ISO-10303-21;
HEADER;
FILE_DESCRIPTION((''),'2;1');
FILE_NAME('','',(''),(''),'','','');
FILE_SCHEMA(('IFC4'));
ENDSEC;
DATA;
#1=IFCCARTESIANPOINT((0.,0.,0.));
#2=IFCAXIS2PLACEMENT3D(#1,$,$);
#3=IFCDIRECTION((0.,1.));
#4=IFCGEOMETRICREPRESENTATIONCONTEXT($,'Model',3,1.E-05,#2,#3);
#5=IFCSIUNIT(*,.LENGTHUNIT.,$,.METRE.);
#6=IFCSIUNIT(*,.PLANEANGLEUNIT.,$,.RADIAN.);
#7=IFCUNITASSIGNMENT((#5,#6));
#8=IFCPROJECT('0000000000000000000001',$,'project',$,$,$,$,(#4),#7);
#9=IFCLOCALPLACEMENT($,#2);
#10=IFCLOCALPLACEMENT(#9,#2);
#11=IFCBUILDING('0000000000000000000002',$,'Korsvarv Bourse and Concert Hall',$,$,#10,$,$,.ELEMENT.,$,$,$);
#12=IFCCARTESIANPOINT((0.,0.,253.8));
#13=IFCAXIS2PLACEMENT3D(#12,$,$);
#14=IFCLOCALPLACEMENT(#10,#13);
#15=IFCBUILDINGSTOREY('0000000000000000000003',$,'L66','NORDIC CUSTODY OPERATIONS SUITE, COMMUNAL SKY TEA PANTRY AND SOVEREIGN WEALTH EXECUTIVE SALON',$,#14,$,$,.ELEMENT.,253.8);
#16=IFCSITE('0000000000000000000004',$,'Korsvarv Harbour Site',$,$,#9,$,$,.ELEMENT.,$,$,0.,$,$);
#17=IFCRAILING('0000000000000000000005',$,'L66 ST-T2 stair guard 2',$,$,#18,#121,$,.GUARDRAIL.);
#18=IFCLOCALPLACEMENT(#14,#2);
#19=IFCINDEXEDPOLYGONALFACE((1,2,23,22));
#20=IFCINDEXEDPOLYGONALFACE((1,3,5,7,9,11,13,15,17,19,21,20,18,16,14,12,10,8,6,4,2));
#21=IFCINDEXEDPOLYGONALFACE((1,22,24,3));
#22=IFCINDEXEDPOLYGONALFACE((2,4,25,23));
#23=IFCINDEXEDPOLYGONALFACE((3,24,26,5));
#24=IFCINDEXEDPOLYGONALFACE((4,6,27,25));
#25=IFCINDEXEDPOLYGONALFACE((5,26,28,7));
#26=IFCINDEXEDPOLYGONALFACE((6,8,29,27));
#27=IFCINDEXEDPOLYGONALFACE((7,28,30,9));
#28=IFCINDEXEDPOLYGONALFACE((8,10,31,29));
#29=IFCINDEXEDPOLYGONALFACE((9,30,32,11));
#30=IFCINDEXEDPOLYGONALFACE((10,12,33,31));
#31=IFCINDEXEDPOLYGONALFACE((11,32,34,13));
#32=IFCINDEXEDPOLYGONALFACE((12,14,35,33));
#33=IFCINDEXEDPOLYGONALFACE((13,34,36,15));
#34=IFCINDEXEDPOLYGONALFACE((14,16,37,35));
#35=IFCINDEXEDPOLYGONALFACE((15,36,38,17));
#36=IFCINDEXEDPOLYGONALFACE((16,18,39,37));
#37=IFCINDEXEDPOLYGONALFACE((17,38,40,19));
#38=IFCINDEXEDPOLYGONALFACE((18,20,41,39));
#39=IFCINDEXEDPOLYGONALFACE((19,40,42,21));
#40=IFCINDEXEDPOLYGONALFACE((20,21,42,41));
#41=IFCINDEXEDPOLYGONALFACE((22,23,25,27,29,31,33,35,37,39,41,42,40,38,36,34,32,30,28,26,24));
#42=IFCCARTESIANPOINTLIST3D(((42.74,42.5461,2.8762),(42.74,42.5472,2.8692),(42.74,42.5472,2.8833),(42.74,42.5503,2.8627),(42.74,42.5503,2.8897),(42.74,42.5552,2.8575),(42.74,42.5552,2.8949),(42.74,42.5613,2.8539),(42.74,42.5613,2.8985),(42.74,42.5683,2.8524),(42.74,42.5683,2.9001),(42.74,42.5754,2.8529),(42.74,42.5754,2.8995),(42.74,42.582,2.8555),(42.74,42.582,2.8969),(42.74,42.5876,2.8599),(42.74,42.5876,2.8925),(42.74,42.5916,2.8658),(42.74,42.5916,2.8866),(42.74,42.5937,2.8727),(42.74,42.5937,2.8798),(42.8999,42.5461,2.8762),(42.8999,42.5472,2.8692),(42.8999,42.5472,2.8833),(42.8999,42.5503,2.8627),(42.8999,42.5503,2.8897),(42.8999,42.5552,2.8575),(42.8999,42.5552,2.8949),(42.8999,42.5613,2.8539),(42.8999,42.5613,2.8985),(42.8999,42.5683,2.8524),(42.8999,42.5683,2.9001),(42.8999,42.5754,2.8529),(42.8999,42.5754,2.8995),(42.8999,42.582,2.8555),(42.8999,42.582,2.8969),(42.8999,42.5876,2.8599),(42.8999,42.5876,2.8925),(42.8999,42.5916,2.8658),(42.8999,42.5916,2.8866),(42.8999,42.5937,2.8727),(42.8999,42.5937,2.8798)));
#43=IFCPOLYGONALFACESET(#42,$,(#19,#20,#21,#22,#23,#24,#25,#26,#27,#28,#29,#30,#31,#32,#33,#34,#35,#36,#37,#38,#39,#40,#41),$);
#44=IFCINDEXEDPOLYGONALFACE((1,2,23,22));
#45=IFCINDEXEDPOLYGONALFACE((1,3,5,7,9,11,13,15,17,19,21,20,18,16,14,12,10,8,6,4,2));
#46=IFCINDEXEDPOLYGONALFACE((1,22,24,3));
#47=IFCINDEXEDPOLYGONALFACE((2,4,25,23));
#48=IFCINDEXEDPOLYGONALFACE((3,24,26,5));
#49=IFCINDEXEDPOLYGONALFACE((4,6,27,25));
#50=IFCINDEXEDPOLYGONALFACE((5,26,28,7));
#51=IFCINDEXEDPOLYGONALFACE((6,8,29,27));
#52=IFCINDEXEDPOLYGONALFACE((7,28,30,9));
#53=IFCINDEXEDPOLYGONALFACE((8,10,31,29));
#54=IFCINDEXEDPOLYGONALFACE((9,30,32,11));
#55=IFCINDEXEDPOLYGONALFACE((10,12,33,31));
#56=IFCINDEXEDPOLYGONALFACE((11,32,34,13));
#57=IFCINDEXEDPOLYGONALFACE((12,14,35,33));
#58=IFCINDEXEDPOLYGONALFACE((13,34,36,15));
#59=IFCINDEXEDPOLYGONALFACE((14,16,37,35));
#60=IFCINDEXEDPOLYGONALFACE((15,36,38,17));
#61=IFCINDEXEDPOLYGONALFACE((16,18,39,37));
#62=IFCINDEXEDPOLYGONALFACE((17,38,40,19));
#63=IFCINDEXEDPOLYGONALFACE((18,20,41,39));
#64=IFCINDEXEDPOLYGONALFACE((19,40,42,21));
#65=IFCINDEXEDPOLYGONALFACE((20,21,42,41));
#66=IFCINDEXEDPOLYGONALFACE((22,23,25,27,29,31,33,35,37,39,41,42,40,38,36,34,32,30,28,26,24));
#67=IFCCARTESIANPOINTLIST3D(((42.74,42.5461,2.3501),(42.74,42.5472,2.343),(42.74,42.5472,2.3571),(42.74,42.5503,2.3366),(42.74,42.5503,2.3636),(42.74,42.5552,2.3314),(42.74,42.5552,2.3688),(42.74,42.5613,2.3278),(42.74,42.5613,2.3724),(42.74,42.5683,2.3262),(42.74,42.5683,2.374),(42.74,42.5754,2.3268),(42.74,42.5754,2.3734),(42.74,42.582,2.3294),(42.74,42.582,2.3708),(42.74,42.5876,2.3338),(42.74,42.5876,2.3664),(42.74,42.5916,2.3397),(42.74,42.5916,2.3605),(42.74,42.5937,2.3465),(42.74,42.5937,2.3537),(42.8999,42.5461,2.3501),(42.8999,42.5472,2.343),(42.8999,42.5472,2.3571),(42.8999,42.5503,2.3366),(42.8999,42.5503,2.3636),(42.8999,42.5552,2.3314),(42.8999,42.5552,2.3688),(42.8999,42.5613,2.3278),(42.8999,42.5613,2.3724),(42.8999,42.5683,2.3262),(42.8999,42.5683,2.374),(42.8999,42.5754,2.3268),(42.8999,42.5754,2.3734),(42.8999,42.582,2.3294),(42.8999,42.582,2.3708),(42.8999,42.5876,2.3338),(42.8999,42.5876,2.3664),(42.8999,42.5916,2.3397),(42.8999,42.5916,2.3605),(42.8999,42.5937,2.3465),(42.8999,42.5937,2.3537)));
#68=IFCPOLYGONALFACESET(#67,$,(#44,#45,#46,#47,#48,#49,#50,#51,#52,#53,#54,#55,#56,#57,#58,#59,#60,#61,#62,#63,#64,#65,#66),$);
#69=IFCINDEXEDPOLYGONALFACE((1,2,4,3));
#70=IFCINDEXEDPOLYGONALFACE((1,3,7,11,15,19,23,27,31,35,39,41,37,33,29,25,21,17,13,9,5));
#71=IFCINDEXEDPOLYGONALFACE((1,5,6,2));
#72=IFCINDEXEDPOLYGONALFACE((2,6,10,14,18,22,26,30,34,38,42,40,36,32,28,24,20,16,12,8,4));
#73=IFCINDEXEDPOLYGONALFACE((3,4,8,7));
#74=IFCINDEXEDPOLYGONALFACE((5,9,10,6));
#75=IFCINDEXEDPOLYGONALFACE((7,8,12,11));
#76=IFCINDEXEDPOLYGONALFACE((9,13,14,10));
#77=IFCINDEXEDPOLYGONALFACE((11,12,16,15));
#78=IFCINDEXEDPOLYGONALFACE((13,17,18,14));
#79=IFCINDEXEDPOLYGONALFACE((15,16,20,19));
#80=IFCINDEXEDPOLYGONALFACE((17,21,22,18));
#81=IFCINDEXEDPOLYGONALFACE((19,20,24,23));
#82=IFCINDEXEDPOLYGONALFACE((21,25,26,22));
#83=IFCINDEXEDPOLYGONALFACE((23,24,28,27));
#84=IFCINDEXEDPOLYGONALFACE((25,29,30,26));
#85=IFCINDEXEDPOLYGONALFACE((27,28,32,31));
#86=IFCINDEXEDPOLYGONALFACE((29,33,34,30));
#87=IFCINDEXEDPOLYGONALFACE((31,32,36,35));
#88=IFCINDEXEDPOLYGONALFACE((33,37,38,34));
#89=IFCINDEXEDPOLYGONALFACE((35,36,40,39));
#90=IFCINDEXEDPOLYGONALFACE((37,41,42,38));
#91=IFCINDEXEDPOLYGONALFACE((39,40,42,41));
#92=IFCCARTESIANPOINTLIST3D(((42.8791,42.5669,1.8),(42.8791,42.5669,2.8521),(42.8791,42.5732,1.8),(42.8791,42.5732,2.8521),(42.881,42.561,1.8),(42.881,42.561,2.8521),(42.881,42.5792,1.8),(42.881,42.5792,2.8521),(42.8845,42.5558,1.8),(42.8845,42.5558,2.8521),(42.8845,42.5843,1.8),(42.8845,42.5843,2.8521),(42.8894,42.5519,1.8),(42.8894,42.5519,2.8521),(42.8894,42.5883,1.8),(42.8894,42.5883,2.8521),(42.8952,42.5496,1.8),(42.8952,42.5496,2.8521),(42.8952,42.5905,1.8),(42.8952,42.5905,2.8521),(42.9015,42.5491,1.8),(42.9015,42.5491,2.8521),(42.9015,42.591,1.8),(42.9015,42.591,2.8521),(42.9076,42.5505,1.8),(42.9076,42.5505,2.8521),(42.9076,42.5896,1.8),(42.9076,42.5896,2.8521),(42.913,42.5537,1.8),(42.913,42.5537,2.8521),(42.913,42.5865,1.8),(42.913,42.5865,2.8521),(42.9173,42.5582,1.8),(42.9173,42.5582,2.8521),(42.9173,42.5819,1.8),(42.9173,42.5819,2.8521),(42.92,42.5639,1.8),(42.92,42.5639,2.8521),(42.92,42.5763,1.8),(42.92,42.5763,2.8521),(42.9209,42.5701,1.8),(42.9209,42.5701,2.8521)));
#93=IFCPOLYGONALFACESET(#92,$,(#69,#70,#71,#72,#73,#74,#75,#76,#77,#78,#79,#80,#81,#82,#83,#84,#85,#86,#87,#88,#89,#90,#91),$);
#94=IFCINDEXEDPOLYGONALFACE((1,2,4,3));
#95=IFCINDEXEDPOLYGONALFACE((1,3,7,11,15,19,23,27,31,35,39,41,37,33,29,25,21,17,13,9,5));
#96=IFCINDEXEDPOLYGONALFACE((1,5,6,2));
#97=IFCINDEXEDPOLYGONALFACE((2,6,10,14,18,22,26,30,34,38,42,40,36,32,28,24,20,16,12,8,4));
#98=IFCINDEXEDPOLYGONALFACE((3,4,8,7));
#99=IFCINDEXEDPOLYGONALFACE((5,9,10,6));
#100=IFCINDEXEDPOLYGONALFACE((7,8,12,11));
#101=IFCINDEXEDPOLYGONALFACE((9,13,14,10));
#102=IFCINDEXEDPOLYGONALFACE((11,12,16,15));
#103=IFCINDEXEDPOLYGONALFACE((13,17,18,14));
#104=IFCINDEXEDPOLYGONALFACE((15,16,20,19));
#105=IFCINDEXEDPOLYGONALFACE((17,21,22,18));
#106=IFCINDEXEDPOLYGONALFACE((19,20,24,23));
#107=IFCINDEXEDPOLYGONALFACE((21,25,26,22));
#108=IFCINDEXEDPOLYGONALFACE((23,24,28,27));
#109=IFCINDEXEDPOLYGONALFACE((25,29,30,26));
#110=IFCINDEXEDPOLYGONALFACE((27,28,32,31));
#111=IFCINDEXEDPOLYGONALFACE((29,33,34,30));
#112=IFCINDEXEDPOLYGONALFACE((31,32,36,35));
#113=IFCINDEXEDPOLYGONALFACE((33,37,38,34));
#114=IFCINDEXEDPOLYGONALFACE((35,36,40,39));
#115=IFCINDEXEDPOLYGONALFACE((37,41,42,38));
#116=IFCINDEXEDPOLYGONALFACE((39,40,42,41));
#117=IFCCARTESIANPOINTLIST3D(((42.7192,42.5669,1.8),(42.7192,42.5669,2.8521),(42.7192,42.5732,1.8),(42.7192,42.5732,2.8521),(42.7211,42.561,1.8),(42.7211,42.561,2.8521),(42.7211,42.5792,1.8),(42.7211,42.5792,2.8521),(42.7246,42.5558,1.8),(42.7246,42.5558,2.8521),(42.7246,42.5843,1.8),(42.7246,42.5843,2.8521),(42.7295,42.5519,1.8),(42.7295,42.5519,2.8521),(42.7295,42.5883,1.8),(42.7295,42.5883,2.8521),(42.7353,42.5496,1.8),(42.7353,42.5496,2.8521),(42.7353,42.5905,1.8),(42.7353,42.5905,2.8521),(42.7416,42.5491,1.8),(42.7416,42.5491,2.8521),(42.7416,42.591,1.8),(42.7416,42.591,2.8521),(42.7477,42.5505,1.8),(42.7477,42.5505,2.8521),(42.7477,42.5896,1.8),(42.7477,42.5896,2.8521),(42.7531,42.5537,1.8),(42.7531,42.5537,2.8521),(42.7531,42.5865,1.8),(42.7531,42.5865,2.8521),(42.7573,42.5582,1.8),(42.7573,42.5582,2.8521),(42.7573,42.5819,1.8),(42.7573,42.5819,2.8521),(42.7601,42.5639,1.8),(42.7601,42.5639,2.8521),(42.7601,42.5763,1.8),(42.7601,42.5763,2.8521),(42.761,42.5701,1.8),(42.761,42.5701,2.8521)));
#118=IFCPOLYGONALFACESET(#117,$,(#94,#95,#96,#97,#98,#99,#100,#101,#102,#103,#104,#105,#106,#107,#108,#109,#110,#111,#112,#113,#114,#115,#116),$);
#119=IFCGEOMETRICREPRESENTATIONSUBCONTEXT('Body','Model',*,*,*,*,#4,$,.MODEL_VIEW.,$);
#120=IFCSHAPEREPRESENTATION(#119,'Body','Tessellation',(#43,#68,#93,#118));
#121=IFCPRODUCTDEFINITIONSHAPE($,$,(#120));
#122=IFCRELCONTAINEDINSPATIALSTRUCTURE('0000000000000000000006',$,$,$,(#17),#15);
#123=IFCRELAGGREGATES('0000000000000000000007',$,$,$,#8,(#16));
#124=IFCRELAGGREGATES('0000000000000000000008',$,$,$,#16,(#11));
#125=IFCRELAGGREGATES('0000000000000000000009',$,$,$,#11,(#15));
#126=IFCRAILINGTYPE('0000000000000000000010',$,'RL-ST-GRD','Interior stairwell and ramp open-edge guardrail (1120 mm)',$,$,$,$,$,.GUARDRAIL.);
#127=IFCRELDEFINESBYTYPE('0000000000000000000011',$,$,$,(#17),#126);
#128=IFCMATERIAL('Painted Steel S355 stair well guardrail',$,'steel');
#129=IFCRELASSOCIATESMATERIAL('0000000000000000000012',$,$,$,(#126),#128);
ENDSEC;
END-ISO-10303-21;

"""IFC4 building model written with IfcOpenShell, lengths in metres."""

from ifc_helpers import new_model, si_unit, direction, frame, origin, origin_2d, place, context, subcontext, project, spatial, circle, extrude, material, type_object, element, save


model = new_model("IFC4")

# Units and contexts
model_context = context("Model", 3, precision=1e-05, world=origin(), true_north=direction((0.0, 1.0)))
body_context = subcontext(model_context, "Body", "Model", "MODEL_VIEW")
ifc_project = project(units=[si_unit("LENGTHUNIT", "METRE"), si_unit("PLANEANGLEUNIT", "RADIAN")], contexts=[model_context])

# Site, building, storey
site_placement = place(None, origin())
site = spatial("IfcSite", under=ifc_project, at=site_placement, Name="Korsvarv Harbour Site", CompositionType="ELEMENT", RefElevation=0.0)
building_placement = place(site_placement, origin())
building = spatial("IfcBuilding", under=site, at=building_placement, Name="Korsvarv Bourse and Concert Hall", CompositionType="ELEMENT")
storey_placement = place(building_placement, frame((0.0, 0.0, 253.8)))
storey = spatial("IfcBuildingStorey", under=building, at=storey_placement, Name="L66", Description="NORDIC CUSTODY OPERATIONS SUITE, COMMUNAL SKY TEA PANTRY AND SOVEREIGN WEALTH EXECUTIVE SALON", CompositionType="ELEMENT", Elevation=253.8)

# Railing
ifc_material_1 = material(Name="Painted Steel S355 stair well guardrail", Category="steel")
railing_type_1 = type_object("IfcRailingType", Name="RL-ST-GRD", Description="Interior stairwell and ramp open-edge guardrail (1120 mm)", PredefinedType="GUARDRAIL", material=ifc_material_1)
railing_1_placement = place(storey_placement, frame((42.8999, 42.5701, 1.8)))
element("IfcRailing", 1, at=railing_1_placement, inside=storey, type_object=railing_type_1, Name="L66 ST-T2 stair guard 2", PredefinedType="GUARDRAIL", context=body_context, shape_type="SweptSolid", body=[
    extrude(circle(Radius=0.0239, at=origin_2d()), frame((0.0, 0.0, 1.0762), z_axis=(-1.0, 0.0, 0.0), x_axis=(0.0, -1.0, 0.0)), (0.0, 0.0, 1.0), 0.1599),
    extrude(circle(Radius=0.0239, at=origin_2d()), frame((0.0, 0.0, 0.55), z_axis=(-1.0, 0.0, 0.0), x_axis=(0.0, -1.0, 0.0)), (0.0, 0.0, 1.0), 0.1599),
    extrude(circle(Radius=0.021, at=origin_2d()), origin(), (0.0, 0.0, 1.0), 1.052),
    extrude(circle(Radius=0.021, at=origin_2d()), frame((-0.1599, 0.0, 0.0)), (0.0, 0.0, 1.0), 1.052),
])

save(model, "model.ifc")
